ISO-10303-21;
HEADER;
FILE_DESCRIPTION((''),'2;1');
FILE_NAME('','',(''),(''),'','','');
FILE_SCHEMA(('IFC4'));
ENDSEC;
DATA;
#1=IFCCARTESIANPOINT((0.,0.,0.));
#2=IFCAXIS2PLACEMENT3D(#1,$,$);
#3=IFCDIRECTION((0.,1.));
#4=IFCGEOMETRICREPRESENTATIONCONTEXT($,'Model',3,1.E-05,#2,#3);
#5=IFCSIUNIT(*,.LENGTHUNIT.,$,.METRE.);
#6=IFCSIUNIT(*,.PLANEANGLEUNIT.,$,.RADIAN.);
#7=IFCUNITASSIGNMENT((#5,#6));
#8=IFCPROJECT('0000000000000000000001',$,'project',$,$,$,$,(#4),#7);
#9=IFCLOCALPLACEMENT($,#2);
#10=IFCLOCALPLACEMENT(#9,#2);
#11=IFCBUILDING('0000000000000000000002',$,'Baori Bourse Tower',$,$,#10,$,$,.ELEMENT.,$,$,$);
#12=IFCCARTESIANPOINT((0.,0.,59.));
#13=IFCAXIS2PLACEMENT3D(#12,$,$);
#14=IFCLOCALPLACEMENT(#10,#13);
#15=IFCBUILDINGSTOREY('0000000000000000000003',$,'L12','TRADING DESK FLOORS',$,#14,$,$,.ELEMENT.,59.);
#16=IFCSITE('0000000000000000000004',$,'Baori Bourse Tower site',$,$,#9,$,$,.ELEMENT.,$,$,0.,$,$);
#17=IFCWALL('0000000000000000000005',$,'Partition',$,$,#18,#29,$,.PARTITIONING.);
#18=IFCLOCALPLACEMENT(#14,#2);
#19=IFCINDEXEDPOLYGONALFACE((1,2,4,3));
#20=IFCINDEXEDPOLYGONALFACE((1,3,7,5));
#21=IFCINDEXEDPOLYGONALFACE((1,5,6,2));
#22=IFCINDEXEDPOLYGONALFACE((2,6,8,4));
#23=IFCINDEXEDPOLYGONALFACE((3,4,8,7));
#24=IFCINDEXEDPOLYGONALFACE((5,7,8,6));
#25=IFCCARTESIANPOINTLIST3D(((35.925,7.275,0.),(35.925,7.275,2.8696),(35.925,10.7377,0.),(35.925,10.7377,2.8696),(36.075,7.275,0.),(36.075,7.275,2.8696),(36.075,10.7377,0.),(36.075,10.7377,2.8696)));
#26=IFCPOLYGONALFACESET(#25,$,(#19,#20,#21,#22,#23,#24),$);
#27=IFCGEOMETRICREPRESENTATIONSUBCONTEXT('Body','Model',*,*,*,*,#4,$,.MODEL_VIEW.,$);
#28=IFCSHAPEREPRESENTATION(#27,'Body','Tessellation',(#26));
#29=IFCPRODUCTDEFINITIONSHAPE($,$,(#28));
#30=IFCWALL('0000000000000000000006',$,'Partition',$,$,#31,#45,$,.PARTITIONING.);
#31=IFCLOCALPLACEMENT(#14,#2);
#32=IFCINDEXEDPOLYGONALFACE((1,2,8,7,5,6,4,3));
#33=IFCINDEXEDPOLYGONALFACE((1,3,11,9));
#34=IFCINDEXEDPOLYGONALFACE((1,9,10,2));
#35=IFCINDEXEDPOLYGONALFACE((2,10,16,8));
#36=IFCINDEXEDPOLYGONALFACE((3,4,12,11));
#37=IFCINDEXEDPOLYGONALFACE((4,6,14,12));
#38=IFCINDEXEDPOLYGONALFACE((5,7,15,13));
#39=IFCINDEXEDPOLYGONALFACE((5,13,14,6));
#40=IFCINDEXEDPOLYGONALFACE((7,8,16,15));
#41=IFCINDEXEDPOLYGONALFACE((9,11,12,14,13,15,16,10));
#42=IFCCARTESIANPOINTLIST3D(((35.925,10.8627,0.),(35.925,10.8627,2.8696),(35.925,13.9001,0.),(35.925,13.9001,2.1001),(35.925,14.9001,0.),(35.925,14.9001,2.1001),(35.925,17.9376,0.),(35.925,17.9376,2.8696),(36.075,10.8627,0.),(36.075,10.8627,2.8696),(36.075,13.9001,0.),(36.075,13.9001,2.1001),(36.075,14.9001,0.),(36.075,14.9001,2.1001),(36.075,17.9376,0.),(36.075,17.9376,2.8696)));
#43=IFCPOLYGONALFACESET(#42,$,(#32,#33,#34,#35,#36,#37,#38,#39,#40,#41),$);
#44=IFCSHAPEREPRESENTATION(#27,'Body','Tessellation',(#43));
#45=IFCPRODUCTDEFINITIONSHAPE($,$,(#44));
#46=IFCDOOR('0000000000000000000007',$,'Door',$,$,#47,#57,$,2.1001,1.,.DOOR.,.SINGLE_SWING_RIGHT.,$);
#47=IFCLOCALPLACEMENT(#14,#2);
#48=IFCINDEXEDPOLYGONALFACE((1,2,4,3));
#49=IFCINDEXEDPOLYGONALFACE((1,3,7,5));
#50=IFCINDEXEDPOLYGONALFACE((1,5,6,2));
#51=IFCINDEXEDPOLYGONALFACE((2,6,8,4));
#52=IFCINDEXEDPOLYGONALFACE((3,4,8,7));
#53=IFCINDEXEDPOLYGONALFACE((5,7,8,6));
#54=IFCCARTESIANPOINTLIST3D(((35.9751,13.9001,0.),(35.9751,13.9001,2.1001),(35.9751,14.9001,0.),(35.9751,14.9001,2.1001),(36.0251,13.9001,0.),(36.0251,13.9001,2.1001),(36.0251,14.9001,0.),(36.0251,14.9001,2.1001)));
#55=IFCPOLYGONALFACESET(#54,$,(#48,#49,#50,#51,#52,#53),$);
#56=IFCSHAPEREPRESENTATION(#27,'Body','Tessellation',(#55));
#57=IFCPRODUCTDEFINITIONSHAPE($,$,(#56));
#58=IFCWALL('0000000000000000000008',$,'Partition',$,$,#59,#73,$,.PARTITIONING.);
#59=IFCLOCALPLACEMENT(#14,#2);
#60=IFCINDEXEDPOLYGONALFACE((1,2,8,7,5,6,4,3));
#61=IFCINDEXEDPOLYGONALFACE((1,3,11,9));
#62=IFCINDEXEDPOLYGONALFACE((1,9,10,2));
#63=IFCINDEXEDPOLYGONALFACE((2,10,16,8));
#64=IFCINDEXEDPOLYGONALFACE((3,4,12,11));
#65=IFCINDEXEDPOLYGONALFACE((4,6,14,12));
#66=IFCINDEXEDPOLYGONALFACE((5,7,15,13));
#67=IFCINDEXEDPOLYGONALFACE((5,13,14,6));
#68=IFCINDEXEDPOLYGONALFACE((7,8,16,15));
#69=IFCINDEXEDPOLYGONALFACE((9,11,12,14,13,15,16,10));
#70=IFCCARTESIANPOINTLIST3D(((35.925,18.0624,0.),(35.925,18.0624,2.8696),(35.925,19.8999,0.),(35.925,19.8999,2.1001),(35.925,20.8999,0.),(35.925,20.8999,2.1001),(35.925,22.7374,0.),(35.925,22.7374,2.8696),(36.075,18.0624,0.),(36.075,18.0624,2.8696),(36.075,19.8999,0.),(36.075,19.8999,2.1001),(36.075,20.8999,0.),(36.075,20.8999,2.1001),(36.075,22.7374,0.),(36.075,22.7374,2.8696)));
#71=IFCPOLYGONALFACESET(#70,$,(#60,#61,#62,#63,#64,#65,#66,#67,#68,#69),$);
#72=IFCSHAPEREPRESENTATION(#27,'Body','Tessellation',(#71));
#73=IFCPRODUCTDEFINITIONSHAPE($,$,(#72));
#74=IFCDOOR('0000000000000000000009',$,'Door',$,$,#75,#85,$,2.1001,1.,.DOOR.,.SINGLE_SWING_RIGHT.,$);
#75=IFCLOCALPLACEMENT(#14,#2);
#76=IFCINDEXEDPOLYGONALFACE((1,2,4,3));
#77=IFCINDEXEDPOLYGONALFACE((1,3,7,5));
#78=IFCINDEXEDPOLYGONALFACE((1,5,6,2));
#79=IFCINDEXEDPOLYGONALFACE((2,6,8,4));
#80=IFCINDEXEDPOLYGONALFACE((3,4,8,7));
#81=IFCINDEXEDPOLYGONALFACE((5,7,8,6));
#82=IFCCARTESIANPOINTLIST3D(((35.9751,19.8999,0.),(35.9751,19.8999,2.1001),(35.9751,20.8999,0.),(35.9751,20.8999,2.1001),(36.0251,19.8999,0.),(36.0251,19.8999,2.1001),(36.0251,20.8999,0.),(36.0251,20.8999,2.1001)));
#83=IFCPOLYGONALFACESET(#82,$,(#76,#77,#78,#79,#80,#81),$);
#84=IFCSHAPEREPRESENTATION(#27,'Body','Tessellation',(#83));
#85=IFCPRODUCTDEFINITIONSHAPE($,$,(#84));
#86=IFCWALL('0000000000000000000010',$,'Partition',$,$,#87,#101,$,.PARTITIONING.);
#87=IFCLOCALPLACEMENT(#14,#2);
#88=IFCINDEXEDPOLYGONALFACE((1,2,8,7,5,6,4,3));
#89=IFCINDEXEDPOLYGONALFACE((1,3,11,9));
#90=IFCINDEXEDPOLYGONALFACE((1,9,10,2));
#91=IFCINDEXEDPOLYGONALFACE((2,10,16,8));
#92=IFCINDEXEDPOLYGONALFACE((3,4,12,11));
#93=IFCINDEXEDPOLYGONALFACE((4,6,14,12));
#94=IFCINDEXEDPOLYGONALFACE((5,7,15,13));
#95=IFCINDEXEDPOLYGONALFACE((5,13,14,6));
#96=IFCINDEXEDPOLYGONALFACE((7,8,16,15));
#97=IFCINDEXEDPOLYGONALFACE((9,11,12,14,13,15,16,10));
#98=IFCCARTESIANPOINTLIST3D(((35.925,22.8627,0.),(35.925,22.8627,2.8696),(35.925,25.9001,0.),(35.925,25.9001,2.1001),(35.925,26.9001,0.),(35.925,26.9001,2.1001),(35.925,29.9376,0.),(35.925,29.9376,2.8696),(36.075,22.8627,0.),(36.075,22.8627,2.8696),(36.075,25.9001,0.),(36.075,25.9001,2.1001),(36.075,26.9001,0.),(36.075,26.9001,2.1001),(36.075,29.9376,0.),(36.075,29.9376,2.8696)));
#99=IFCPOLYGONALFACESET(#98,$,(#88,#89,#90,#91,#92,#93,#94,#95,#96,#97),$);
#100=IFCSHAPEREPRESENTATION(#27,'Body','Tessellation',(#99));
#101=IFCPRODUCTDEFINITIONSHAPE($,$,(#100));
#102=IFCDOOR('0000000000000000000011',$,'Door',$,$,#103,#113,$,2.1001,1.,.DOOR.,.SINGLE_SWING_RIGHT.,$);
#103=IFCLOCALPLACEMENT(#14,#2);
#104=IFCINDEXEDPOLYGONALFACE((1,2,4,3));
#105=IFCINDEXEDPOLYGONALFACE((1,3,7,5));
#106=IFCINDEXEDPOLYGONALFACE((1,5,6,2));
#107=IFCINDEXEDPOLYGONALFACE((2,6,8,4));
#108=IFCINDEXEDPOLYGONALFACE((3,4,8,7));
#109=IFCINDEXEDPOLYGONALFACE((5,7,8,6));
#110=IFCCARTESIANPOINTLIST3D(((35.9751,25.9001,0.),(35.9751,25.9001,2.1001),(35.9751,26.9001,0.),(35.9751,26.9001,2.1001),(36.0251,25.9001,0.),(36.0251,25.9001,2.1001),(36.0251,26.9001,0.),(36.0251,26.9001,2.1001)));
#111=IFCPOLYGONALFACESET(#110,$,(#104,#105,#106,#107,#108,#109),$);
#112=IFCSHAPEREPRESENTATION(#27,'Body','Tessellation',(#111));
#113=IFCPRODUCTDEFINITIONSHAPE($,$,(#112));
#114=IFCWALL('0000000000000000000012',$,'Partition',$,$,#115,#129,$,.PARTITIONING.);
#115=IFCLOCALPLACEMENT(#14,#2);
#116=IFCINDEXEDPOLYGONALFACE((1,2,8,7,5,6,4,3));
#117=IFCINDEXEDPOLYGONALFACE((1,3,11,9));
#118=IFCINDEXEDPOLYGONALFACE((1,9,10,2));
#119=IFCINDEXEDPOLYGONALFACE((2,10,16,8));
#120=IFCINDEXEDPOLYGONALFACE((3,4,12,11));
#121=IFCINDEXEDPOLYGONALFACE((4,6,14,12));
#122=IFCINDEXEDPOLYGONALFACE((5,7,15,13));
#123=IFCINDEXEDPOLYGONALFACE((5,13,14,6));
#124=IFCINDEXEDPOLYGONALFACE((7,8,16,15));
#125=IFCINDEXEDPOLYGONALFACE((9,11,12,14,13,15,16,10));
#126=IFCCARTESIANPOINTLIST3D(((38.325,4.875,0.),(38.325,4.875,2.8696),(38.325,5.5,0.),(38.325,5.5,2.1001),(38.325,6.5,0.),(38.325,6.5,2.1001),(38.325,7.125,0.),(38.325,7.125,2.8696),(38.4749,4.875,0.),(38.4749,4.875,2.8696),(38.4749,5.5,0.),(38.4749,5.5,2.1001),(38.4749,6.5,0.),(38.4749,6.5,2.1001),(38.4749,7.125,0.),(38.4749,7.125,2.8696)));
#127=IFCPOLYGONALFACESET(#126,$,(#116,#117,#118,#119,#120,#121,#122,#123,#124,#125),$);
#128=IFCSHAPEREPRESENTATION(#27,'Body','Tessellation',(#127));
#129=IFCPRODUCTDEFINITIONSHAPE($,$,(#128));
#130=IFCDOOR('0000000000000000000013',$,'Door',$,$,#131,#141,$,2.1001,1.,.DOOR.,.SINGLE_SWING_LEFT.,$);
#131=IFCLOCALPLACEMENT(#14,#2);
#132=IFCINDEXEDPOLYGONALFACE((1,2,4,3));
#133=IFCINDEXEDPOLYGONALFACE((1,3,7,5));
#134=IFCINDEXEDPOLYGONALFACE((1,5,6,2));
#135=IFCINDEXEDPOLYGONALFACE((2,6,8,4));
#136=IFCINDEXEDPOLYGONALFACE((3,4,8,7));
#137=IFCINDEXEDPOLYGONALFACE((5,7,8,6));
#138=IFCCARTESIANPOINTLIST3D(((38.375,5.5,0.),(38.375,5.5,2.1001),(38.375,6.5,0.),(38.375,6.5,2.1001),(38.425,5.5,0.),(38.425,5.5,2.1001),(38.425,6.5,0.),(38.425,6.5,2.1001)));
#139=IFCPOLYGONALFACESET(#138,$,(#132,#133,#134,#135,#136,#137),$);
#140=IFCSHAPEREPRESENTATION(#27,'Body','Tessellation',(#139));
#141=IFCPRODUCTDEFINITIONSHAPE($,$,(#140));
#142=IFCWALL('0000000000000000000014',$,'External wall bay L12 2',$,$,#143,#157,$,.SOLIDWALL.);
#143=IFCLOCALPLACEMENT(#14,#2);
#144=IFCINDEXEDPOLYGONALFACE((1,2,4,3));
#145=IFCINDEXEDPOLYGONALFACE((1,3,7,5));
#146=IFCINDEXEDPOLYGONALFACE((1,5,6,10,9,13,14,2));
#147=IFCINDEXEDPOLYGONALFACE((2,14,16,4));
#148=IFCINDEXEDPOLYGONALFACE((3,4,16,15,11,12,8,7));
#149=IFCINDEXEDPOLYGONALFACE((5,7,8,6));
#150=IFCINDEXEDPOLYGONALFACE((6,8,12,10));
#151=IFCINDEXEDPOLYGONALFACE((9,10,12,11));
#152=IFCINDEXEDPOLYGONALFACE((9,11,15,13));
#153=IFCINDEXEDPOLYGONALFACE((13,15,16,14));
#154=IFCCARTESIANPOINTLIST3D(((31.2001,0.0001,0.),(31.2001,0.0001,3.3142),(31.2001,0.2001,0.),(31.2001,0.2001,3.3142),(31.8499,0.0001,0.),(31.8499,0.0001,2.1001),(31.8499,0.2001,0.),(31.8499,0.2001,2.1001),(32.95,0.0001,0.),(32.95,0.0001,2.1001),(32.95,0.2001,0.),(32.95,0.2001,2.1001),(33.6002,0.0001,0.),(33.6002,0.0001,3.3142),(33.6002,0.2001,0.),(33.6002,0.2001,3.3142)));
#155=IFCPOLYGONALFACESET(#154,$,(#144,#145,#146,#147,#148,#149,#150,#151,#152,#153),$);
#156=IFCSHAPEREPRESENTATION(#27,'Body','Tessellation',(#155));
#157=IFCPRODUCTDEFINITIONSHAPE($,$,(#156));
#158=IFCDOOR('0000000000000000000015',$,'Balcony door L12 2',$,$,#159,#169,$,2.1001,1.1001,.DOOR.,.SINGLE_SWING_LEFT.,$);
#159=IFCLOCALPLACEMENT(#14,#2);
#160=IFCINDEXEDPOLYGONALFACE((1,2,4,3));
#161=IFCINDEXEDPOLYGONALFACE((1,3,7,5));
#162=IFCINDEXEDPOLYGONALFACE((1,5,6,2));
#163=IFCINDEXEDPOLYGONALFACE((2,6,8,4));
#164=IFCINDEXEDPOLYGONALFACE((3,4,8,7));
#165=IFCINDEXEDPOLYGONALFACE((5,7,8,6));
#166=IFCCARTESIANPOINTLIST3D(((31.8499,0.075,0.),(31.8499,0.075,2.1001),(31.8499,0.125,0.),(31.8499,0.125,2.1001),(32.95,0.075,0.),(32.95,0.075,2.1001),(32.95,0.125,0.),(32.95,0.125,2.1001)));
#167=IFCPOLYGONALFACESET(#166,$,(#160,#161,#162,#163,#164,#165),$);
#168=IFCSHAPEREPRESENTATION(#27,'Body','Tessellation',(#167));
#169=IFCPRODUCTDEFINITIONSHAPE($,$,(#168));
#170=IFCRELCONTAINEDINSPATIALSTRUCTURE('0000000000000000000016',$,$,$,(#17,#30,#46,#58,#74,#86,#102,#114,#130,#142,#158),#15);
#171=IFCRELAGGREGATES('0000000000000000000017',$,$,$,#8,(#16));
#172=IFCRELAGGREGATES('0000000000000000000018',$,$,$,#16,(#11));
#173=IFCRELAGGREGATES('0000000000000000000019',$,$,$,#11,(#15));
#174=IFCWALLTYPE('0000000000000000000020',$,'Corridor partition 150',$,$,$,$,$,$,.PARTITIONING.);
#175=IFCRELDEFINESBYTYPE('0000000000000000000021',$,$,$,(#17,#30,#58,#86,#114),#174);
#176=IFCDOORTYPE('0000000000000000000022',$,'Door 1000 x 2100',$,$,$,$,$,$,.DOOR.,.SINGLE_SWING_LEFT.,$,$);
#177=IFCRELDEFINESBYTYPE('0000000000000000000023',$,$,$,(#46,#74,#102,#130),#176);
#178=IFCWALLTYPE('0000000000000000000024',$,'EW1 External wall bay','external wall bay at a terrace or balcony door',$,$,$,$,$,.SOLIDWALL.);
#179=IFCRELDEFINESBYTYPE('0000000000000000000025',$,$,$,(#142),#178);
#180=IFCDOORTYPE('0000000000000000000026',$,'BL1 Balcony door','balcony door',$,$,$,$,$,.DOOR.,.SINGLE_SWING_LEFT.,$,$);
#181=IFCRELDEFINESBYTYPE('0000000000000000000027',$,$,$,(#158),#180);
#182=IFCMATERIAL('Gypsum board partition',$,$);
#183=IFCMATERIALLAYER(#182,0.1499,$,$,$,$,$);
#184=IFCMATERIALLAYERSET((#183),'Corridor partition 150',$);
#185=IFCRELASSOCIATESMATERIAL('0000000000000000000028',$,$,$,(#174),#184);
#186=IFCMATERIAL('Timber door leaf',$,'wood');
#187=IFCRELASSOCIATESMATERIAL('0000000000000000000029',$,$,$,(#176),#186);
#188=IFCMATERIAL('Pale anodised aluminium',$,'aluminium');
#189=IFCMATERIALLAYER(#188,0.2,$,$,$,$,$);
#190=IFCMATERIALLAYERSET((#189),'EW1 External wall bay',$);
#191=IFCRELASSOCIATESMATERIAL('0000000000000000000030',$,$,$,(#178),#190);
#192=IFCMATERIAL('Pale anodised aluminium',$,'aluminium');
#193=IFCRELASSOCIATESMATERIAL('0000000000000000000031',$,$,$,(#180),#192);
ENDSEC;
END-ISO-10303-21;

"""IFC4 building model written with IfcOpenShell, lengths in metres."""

from ifc_helpers import new_model, si_unit, direction, frame, frame_2d, origin, place, context, subcontext, project, spatial, rectangle, extrude, material, layer, layer_set, type_object, element, fill, save


model = new_model("IFC4")

# Units and contexts
model_context = context("Model", 3, precision=1e-05, world=origin(), true_north=direction((0.0, 1.0)))
body_context = subcontext(model_context, "Body", "Model", "MODEL_VIEW")
ifc_project = project(units=[si_unit("LENGTHUNIT", "METRE"), si_unit("PLANEANGLEUNIT", "RADIAN")], contexts=[model_context])

# Site, building, storey
site_placement = place(None, origin())
site = spatial("IfcSite", under=ifc_project, at=site_placement, Name="Baori Bourse Tower site", CompositionType="ELEMENT", RefElevation=0.0)
building_placement = place(site_placement, origin())
building = spatial("IfcBuilding", under=site, at=building_placement, Name="Baori Bourse Tower", CompositionType="ELEMENT")
storey_placement = place(building_placement, frame((0.0, 0.0, 59.0)))
storey = spatial("IfcBuildingStorey", under=building, at=storey_placement, Name="L12", Description="TRADING DESK FLOORS", CompositionType="ELEMENT", Elevation=59.0)

# Shared definitions
ifc_material_1 = material(Name="Gypsum board partition")
ifc_layer_1 = layer(ifc_material_1, 0.1499)
ifc_layer_set_1 = layer_set([ifc_layer_1], Name="Corridor partition 150")
wall_type_1 = type_object("IfcWallType", Name="Corridor partition 150", PredefinedType="PARTITIONING", material=ifc_layer_set_1)
ifc_material_2 = material(Name="Timber door leaf", Category="wood")
door_type_1 = type_object("IfcDoorType", Name="Door 1000 x 2100", OperationType="SINGLE_SWING_LEFT", PredefinedType="DOOR", material=ifc_material_2)

# Wall
wall_1_placement = place(storey_placement, frame((36.0, 7.2749, 0.0), z_axis=(0.0, 0.0, 1.0), x_axis=(0.0, 1.0, 0.0)))
element("IfcWall", 1, at=wall_1_placement, inside=storey, type_object=wall_type_1, Name="Partition", PredefinedType="PARTITIONING", context=body_context, shape_type="SweptSolid", body=[
    extrude(rectangle(XDim=3.4626, YDim=0.1499, at=frame_2d((1.7314, 0.0))), origin(), (0.0, 0.0, 1.0), 2.8696),
])

# Walls, openings, doors
wall_2_placement = place(storey_placement, frame((36.0, 10.8625, 0.0), z_axis=(0.0, 0.0, 1.0), x_axis=(0.0, 1.0, 0.0)))
wall_2 = element("IfcWall", 2, at=wall_2_placement, inside=storey, type_object=wall_type_1, Name="Partition", PredefinedType="PARTITIONING", context=body_context, shape_type="SweptSolid", body=[
    extrude(rectangle(XDim=7.075, YDim=0.1499, at=frame_2d((3.5376, 0.0))), origin(), (0.0, 0.0, 1.0), 2.8696),
])
opening_1_placement = place(wall_2_placement, frame((3.0376, 0.0, 0.0)))
opening_1 = element("IfcOpeningElement", 3, at=opening_1_placement, cuts=wall_2, PredefinedType="OPENING", context=body_context, shape_type="SweptSolid", body=[
    extrude(rectangle(XDim=1.0, YDim=2.1001, at=frame_2d((0.5, 1.05))), frame((0.0, 0.085, 0.0), z_axis=(0.0, -1.0, 0.0), x_axis=(1.0, 0.0, 0.0)), (0.0, 0.0, 1.0), 0.1699),
])
door_1_placement = place(opening_1_placement, origin())
door_1 = element("IfcDoor", 4, at=door_1_placement, inside=storey, type_object=door_type_1, Name="Door", OperationType="SINGLE_SWING_RIGHT", OverallHeight=2.1001, OverallWidth=1.0, PredefinedType="DOOR", context=body_context, shape_type="SweptSolid", body=[
    extrude(rectangle(XDim=1.0, YDim=2.1001, at=frame_2d((0.5, 1.05))), frame((0.0, 0.0249, 0.0), z_axis=(0.0, -1.0, 0.0), x_axis=(1.0, 0.0, 0.0)), (0.0, 0.0, 1.0), 0.05),
])
fill(opening_1, door_1)
wall_3_placement = place(storey_placement, frame((36.0, 18.0625, 0.0), z_axis=(0.0, 0.0, 1.0), x_axis=(0.0, 1.0, 0.0)))
wall_3 = element("IfcWall", 5, at=wall_3_placement, inside=storey, type_object=wall_type_1, Name="Partition", PredefinedType="PARTITIONING", context=body_context, shape_type="SweptSolid", body=[
    extrude(rectangle(XDim=4.675, YDim=0.1499, at=frame_2d((2.3374, 0.0))), origin(), (0.0, 0.0, 1.0), 2.8696),
])
opening_2_placement = place(wall_3_placement, frame((1.8374, 0.0, 0.0)))
opening_2 = element("IfcOpeningElement", 6, at=opening_2_placement, cuts=wall_3, PredefinedType="OPENING", context=body_context, shape_type="SweptSolid", body=[
    extrude(rectangle(XDim=1.0, YDim=2.1001, at=frame_2d((0.5, 1.05))), frame((0.0, 0.085, 0.0), z_axis=(0.0, -1.0, 0.0), x_axis=(1.0, 0.0, 0.0)), (0.0, 0.0, 1.0), 0.1699),
])
door_2_placement = place(opening_2_placement, origin())
door_2 = element("IfcDoor", 7, at=door_2_placement, inside=storey, type_object=door_type_1, Name="Door", OperationType="SINGLE_SWING_RIGHT", OverallHeight=2.1001, OverallWidth=1.0, PredefinedType="DOOR", context=body_context, shape_type="SweptSolid", body=[
    extrude(rectangle(XDim=1.0, YDim=2.1001, at=frame_2d((0.5, 1.05))), frame((0.0, 0.0249, 0.0), z_axis=(0.0, -1.0, 0.0), x_axis=(1.0, 0.0, 0.0)), (0.0, 0.0, 1.0), 0.05),
])
fill(opening_2, door_2)
wall_4_placement = place(storey_placement, frame((36.0, 22.8625, 0.0), z_axis=(0.0, 0.0, 1.0), x_axis=(0.0, 1.0, 0.0)))
wall_4 = element("IfcWall", 8, at=wall_4_placement, inside=storey, type_object=wall_type_1, Name="Partition", PredefinedType="PARTITIONING", context=body_context, shape_type="SweptSolid", body=[
    extrude(rectangle(XDim=7.075, YDim=0.1499, at=frame_2d((3.5376, 0.0))), origin(), (0.0, 0.0, 1.0), 2.8696),
])
opening_3_placement = place(wall_4_placement, frame((3.0376, 0.0, 0.0)))
opening_3 = element("IfcOpeningElement", 9, at=opening_3_placement, cuts=wall_4, PredefinedType="OPENING", context=body_context, shape_type="SweptSolid", body=[
    extrude(rectangle(XDim=1.0, YDim=2.1001, at=frame_2d((0.5, 1.05))), frame((0.0, 0.085, 0.0), z_axis=(0.0, -1.0, 0.0), x_axis=(1.0, 0.0, 0.0)), (0.0, 0.0, 1.0), 0.1699),
])
door_3_placement = place(opening_3_placement, origin())
door_3 = element("IfcDoor", 10, at=door_3_placement, inside=storey, type_object=door_type_1, Name="Door", OperationType="SINGLE_SWING_RIGHT", OverallHeight=2.1001, OverallWidth=1.0, PredefinedType="DOOR", context=body_context, shape_type="SweptSolid", body=[
    extrude(rectangle(XDim=1.0, YDim=2.1001, at=frame_2d((0.5, 1.05))), frame((0.0, 0.0249, 0.0), z_axis=(0.0, -1.0, 0.0), x_axis=(1.0, 0.0, 0.0)), (0.0, 0.0, 1.0), 0.05),
])
fill(opening_3, door_3)
wall_5_placement = place(storey_placement, frame((38.3999, 4.875, 0.0), z_axis=(0.0, 0.0, 1.0), x_axis=(0.0, 1.0, 0.0)))
wall_5 = element("IfcWall", 11, at=wall_5_placement, inside=storey, type_object=wall_type_1, Name="Partition", PredefinedType="PARTITIONING", context=body_context, shape_type="SweptSolid", body=[
    extrude(rectangle(XDim=2.25, YDim=0.1499, at=frame_2d((1.125, 0.0))), origin(), (0.0, 0.0, 1.0), 2.8696),
])
opening_4_placement = place(wall_5_placement, frame((0.625, 0.0, 0.0)))
opening_4 = element("IfcOpeningElement", 12, at=opening_4_placement, cuts=wall_5, PredefinedType="OPENING", context=body_context, shape_type="SweptSolid", body=[
    extrude(rectangle(XDim=1.0, YDim=2.1001, at=frame_2d((0.5, 1.05))), frame((0.0, 0.085, 0.0), z_axis=(0.0, -1.0, 0.0), x_axis=(1.0, 0.0, 0.0)), (0.0, 0.0, 1.0), 0.1699),
])
door_4_placement = place(opening_4_placement, origin())
door_4 = element("IfcDoor", 13, at=door_4_placement, inside=storey, type_object=door_type_1, Name="Door", OperationType="SINGLE_SWING_LEFT", OverallHeight=2.1001, OverallWidth=1.0, PredefinedType="DOOR", context=body_context, shape_type="SweptSolid", body=[
    extrude(rectangle(XDim=1.0, YDim=2.1001, at=frame_2d((0.5, 1.05))), frame((0.0, 0.0249, 0.0), z_axis=(0.0, -1.0, 0.0), x_axis=(1.0, 0.0, 0.0)), (0.0, 0.0, 1.0), 0.05),
])
fill(opening_4, door_4)
ifc_material_3 = material(Name="Pale anodised aluminium", Category="aluminium")
ifc_layer_2 = layer(ifc_material_3, 0.2)
ifc_layer_set_2 = layer_set([ifc_layer_2], Name="EW1 External wall bay")
wall_type_2 = type_object("IfcWallType", Name="EW1 External wall bay", Description="external wall bay at a terrace or balcony door", PredefinedType="SOLIDWALL", material=ifc_layer_set_2)
wall_6_placement = place(storey_placement, frame((31.2, 0.1001, 0.0), z_axis=(0.0, 0.0, 1.0), x_axis=(1.0, 0.0, 0.0)))
wall_6 = element("IfcWall", 14, at=wall_6_placement, inside=storey, type_object=wall_type_2, Name="External wall bay L12 2", PredefinedType="SOLIDWALL", context=body_context, shape_type="SweptSolid", body=[
    extrude(rectangle(XDim=2.4001, YDim=0.2, at=frame_2d((1.2002, 0.0))), origin(), (0.0, 0.0, 1.0), 3.3142),
])
opening_5_placement = place(wall_6_placement, frame((0.6499, 0.0, 0.0)))
opening_5 = element("IfcOpeningElement", 15, at=opening_5_placement, cuts=wall_6, PredefinedType="OPENING", context=body_context, shape_type="SweptSolid", body=[
    extrude(rectangle(XDim=1.1001, YDim=2.1001, at=frame_2d((0.55, 1.05))), frame((0.0, 0.1099, 0.0), z_axis=(0.0, -1.0, 0.0), x_axis=(1.0, 0.0, 0.0)), (0.0, 0.0, 1.0), 0.22),
])
ifc_material_4 = material(Name="Pale anodised aluminium", Category="aluminium")
door_type_2 = type_object("IfcDoorType", Name="BL1 Balcony door", Description="balcony door", OperationType="SINGLE_SWING_LEFT", PredefinedType="DOOR", material=ifc_material_4)
door_5_placement = place(opening_5_placement, origin())
door_5 = element("IfcDoor", 16, at=door_5_placement, inside=storey, type_object=door_type_2, Name="Balcony door L12 2", OperationType="SINGLE_SWING_LEFT", OverallHeight=2.1001, OverallWidth=1.1001, PredefinedType="DOOR", context=body_context, shape_type="SweptSolid", body=[
    extrude(rectangle(XDim=1.1001, YDim=2.1001, at=frame_2d((0.55, 1.05))), frame((0.0, 0.0249, 0.0), z_axis=(0.0, -1.0, 0.0), x_axis=(1.0, 0.0, 0.0)), (0.0, 0.0, 1.0), 0.05),
])
fill(opening_5, door_5)

save(model, "model.ifc")
